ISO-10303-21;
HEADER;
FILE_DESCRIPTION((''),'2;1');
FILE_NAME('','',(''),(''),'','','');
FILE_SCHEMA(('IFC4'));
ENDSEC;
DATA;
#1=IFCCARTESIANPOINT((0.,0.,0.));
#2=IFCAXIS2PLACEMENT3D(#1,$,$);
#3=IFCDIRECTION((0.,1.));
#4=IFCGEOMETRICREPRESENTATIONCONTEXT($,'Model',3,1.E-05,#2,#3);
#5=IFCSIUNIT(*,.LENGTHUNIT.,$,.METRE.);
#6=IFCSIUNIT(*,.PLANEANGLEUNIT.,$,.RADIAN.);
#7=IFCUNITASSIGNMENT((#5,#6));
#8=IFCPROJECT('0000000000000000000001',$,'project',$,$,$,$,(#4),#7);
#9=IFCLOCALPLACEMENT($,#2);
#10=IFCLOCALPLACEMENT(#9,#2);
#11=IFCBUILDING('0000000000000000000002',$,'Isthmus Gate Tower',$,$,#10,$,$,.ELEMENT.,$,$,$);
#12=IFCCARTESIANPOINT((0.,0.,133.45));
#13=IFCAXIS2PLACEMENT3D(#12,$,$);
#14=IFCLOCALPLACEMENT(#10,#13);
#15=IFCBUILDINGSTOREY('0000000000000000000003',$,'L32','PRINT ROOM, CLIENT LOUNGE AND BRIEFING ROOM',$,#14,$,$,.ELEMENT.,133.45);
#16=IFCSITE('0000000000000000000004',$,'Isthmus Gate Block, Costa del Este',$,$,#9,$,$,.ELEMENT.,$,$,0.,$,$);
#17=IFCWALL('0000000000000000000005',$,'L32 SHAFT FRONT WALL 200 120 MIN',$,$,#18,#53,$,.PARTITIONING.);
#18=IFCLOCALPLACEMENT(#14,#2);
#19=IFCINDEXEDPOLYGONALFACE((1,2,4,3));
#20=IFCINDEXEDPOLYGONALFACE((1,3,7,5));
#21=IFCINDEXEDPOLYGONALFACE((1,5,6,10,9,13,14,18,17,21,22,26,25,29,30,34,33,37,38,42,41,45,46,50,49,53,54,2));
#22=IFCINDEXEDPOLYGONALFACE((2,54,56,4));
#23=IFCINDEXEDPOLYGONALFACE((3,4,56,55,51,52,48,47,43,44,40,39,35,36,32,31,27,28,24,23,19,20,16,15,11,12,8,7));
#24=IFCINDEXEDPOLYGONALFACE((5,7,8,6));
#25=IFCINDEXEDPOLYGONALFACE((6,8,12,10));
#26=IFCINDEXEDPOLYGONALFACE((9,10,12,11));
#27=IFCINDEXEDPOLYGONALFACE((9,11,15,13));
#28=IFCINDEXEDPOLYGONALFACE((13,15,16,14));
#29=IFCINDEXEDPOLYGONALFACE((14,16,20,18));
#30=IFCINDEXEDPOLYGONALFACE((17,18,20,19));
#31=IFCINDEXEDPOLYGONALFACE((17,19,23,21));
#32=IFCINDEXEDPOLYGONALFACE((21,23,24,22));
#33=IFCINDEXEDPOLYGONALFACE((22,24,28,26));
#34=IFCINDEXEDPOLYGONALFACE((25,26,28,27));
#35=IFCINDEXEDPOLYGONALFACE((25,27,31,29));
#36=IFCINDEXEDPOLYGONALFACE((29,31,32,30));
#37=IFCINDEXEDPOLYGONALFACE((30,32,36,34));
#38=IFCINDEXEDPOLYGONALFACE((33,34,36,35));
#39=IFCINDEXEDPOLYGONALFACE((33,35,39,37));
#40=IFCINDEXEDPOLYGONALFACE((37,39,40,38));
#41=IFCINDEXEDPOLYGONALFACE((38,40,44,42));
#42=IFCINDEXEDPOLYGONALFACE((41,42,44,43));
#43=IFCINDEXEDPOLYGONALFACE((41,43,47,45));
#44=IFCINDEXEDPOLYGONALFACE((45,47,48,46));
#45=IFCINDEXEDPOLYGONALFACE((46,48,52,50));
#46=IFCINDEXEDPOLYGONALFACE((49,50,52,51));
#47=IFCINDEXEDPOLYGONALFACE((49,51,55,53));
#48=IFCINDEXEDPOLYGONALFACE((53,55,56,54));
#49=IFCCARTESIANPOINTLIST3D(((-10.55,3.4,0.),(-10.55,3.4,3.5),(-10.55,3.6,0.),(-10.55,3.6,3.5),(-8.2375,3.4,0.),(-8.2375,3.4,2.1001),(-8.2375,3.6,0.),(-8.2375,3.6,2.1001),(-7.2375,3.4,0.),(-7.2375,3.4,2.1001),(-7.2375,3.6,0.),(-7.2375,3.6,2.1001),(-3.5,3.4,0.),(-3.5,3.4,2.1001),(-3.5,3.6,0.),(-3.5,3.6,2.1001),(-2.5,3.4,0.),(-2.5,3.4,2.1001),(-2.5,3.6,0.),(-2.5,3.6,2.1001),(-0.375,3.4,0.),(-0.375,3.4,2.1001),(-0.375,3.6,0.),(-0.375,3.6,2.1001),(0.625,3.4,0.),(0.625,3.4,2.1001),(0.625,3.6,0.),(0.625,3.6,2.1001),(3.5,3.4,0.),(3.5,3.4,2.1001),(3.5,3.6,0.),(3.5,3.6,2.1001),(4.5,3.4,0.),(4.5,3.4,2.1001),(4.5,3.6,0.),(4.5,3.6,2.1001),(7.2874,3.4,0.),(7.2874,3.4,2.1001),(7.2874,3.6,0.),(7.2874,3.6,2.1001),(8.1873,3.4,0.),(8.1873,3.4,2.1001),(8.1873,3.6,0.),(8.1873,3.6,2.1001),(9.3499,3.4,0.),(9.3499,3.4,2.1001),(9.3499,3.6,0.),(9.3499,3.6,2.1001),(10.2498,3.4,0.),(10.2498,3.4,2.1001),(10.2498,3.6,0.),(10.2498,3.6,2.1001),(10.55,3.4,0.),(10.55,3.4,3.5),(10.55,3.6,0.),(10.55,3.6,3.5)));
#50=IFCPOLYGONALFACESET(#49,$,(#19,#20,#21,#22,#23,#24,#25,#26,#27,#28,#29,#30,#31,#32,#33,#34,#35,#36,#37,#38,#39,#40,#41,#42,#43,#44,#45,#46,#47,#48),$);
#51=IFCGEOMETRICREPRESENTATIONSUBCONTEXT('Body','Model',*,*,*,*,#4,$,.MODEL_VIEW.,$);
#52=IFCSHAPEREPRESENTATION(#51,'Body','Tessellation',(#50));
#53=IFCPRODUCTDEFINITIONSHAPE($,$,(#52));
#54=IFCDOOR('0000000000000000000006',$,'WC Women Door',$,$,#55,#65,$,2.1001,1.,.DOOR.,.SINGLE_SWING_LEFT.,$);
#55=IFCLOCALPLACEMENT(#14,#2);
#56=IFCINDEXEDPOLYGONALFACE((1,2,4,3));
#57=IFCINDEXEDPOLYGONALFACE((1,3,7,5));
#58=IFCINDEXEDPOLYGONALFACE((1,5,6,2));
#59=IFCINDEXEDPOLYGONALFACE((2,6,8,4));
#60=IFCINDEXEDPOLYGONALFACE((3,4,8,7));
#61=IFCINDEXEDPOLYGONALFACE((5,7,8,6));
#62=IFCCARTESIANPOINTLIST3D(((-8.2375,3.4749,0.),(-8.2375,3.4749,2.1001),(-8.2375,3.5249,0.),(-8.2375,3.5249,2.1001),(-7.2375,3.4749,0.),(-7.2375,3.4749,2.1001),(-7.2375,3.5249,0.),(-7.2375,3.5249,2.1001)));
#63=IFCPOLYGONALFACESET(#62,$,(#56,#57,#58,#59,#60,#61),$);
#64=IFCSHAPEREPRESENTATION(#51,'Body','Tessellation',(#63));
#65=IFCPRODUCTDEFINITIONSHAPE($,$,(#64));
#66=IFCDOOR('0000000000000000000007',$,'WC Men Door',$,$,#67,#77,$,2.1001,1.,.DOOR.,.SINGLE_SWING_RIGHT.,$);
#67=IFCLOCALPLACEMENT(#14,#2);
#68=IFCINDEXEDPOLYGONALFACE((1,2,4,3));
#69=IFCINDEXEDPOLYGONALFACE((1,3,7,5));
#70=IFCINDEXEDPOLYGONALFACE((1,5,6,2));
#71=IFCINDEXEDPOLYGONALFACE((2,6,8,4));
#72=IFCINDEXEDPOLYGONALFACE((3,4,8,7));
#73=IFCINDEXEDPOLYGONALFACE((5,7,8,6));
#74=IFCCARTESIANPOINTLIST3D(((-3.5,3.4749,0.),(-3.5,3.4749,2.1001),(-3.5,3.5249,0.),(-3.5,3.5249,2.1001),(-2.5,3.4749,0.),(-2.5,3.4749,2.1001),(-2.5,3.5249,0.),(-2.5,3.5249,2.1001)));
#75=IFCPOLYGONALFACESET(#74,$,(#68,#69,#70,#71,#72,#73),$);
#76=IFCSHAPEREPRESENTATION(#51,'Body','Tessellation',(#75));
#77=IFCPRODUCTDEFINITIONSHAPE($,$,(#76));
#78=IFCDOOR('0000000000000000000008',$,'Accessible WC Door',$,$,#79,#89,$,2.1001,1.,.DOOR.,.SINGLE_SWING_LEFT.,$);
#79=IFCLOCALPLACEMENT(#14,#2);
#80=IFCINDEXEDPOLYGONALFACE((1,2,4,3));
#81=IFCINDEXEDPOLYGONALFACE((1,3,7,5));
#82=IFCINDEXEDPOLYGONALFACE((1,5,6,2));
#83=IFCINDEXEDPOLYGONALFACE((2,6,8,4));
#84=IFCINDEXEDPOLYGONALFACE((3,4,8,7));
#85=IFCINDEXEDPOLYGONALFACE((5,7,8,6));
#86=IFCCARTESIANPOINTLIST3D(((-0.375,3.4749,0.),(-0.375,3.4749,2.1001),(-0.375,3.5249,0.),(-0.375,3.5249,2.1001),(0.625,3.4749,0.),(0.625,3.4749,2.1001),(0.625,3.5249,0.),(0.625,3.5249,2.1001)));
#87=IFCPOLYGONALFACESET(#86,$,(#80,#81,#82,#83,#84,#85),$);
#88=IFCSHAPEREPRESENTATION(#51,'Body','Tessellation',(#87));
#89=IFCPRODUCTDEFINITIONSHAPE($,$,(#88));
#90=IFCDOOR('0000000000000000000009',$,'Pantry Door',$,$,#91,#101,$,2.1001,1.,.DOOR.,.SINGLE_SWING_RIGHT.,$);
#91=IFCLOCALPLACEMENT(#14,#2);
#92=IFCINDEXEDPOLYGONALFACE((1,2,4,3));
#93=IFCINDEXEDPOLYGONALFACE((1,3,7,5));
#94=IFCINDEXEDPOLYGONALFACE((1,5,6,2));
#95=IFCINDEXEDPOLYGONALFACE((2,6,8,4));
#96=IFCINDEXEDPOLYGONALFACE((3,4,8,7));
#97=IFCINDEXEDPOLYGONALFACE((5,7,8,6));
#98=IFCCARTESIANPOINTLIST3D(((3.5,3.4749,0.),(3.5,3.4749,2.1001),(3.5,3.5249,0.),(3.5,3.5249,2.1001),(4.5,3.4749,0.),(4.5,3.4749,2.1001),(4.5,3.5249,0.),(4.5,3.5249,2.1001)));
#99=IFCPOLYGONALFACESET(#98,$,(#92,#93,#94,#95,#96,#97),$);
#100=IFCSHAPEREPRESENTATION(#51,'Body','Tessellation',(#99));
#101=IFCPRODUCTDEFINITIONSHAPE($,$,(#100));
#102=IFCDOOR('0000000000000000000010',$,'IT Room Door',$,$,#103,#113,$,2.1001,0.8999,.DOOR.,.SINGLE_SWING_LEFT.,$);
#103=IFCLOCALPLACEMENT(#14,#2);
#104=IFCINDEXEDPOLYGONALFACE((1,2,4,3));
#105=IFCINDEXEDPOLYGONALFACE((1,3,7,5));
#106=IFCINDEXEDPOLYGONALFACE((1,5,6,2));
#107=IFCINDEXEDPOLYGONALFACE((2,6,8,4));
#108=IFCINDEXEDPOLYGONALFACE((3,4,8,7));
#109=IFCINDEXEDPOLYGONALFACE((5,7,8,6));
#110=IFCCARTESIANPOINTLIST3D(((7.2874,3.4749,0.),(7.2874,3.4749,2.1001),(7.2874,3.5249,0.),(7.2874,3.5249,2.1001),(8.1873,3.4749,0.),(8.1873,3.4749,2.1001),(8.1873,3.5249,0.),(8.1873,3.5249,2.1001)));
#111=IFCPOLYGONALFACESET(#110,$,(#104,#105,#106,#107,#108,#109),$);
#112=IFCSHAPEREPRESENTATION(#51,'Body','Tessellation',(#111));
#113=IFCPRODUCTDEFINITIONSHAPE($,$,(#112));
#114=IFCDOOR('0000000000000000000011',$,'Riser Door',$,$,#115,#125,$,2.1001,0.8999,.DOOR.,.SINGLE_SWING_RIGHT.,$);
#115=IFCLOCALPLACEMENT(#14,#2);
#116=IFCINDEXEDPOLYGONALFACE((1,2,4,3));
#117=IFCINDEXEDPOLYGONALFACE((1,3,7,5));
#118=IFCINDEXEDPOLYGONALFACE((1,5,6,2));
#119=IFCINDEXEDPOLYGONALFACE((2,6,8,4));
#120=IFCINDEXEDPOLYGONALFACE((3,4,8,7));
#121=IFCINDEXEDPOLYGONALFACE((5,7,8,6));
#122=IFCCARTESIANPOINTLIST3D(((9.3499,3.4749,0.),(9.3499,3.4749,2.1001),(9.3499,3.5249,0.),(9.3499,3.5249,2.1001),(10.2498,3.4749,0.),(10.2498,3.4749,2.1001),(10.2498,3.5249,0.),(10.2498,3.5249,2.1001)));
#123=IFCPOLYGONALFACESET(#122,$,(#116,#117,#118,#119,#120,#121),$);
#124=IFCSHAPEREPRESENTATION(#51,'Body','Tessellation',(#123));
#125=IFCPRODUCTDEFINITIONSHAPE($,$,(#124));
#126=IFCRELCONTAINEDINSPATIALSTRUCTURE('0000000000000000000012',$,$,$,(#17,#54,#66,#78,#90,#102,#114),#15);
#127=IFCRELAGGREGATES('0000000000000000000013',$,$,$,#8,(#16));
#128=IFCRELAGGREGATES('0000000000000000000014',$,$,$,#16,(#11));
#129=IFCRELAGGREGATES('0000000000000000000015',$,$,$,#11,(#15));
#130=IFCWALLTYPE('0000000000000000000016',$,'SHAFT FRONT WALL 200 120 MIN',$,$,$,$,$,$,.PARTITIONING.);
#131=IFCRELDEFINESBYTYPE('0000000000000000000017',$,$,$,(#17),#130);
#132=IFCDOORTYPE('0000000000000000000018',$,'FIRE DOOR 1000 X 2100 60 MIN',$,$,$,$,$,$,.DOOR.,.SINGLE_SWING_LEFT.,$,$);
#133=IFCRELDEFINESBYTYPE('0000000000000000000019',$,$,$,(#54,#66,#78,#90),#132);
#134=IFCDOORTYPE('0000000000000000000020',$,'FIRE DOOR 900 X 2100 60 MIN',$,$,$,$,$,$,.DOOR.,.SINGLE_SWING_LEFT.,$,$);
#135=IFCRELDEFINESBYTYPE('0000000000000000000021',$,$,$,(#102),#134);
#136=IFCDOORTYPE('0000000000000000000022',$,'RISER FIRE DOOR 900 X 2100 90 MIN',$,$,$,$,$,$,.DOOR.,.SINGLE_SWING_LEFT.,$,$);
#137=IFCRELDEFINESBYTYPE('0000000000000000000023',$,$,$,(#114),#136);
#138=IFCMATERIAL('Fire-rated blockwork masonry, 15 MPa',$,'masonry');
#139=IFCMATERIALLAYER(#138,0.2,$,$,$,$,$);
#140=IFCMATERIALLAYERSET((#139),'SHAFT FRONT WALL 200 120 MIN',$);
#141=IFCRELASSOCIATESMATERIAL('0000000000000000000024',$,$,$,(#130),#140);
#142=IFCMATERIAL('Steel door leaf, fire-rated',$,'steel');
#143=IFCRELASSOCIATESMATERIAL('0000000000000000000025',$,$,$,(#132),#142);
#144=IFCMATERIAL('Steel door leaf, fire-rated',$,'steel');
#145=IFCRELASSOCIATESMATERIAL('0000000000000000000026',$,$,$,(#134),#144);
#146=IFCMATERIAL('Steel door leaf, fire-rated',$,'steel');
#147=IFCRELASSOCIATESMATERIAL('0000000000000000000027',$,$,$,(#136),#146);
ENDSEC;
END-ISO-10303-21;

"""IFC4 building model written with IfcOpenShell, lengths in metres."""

from ifc_helpers import new_model, si_unit, direction, frame, frame_2d, origin, place, context, subcontext, project, spatial, rectangle, extrude, material, layer, layer_set, type_object, element, fill, save


model = new_model("IFC4")

# Units and contexts
model_context = context("Model", 3, precision=1e-05, world=origin(), true_north=direction((0.0, 1.0)))
body_context = subcontext(model_context, "Body", "Model", "MODEL_VIEW")
ifc_project = project(units=[si_unit("LENGTHUNIT", "METRE"), si_unit("PLANEANGLEUNIT", "RADIAN")], contexts=[model_context])

# Site, building, storey
site_placement = place(None, origin())
site = spatial("IfcSite", under=ifc_project, at=site_placement, Name="Isthmus Gate Block, Costa del Este", CompositionType="ELEMENT", RefElevation=0.0)
building_placement = place(site_placement, origin())
building = spatial("IfcBuilding", under=site, at=building_placement, Name="Isthmus Gate Tower", CompositionType="ELEMENT")
storey_placement = place(building_placement, frame((0.0, 0.0, 133.45)))
storey = spatial("IfcBuildingStorey", under=building, at=storey_placement, Name="L32", Description="PRINT ROOM, CLIENT LOUNGE AND BRIEFING ROOM", CompositionType="ELEMENT", Elevation=133.45)

# Wall, openings, doors
ifc_material_1 = material(Name="Fire-rated blockwork masonry, 15 MPa", Category="masonry")
ifc_layer_1 = layer(ifc_material_1, 0.2)
ifc_layer_set_1 = layer_set([ifc_layer_1], Name="SHAFT FRONT WALL 200 120 MIN")
wall_type_1 = type_object("IfcWallType", Name="SHAFT FRONT WALL 200 120 MIN", PredefinedType="PARTITIONING", material=ifc_layer_set_1)
wall_1_placement = place(storey_placement, frame((-10.55, 3.5, 0.0), z_axis=(0.0, 0.0, 1.0), x_axis=(1.0, 0.0, 0.0)))
wall_1 = element("IfcWall", 1, at=wall_1_placement, inside=storey, type_object=wall_type_1, Name="L32 SHAFT FRONT WALL 200 120 MIN", PredefinedType="PARTITIONING", context=body_context, shape_type="SweptSolid", body=[
    extrude(rectangle(XDim=21.1001, YDim=0.2, at=frame_2d((10.55, 0.0))), origin(), (0.0, 0.0, 1.0), 3.5),
])
opening_1_placement = place(wall_1_placement, frame((2.3125, 0.0, 0.0)))
opening_1 = element("IfcOpeningElement", 2, at=opening_1_placement, cuts=wall_1, PredefinedType="OPENING", context=body_context, shape_type="SweptSolid", body=[
    extrude(rectangle(XDim=1.0, YDim=2.1001, at=frame_2d((0.5, 1.05))), frame((0.0, 0.1099, 0.0), z_axis=(0.0, -1.0, 0.0), x_axis=(1.0, 0.0, 0.0)), (0.0, 0.0, 1.0), 0.22),
])
opening_2_placement = place(wall_1_placement, frame((7.05, 0.0, 0.0)))
opening_2 = element("IfcOpeningElement", 3, at=opening_2_placement, cuts=wall_1, PredefinedType="OPENING", context=body_context, shape_type="SweptSolid", body=[
    extrude(rectangle(XDim=1.0, YDim=2.1001, at=frame_2d((0.5, 1.05))), frame((0.0, 0.1099, 0.0), z_axis=(0.0, -1.0, 0.0), x_axis=(1.0, 0.0, 0.0)), (0.0, 0.0, 1.0), 0.22),
])
opening_3_placement = place(wall_1_placement, frame((10.175, 0.0, 0.0)))
opening_3 = element("IfcOpeningElement", 4, at=opening_3_placement, cuts=wall_1, PredefinedType="OPENING", context=body_context, shape_type="SweptSolid", body=[
    extrude(rectangle(XDim=1.0, YDim=2.1001, at=frame_2d((0.5, 1.05))), frame((0.0, 0.1099, 0.0), z_axis=(0.0, -1.0, 0.0), x_axis=(1.0, 0.0, 0.0)), (0.0, 0.0, 1.0), 0.22),
])
opening_4_placement = place(wall_1_placement, frame((14.05, 0.0, 0.0)))
opening_4 = element("IfcOpeningElement", 5, at=opening_4_placement, cuts=wall_1, PredefinedType="OPENING", context=body_context, shape_type="SweptSolid", body=[
    extrude(rectangle(XDim=1.0, YDim=2.1001, at=frame_2d((0.5, 1.05))), frame((0.0, 0.1099, 0.0), z_axis=(0.0, -1.0, 0.0), x_axis=(1.0, 0.0, 0.0)), (0.0, 0.0, 1.0), 0.22),
])
opening_5_placement = place(wall_1_placement, frame((17.8374, 0.0, 0.0)))
opening_5 = element("IfcOpeningElement", 6, at=opening_5_placement, cuts=wall_1, PredefinedType="OPENING", context=body_context, shape_type="SweptSolid", body=[
    extrude(rectangle(XDim=0.8999, YDim=2.1001, at=frame_2d((0.45, 1.05))), frame((0.0, 0.1099, 0.0), z_axis=(0.0, -1.0, 0.0), x_axis=(1.0, 0.0, 0.0)), (0.0, 0.0, 1.0), 0.22),
])
opening_6_placement = place(wall_1_placement, frame((19.8999, 0.0, 0.0)))
opening_6 = element("IfcOpeningElement", 7, at=opening_6_placement, cuts=wall_1, PredefinedType="OPENING", context=body_context, shape_type="SweptSolid", body=[
    extrude(rectangle(XDim=0.8999, YDim=2.1001, at=frame_2d((0.45, 1.05))), frame((0.0, 0.1099, 0.0), z_axis=(0.0, -1.0, 0.0), x_axis=(1.0, 0.0, 0.0)), (0.0, 0.0, 1.0), 0.22),
])
ifc_material_2 = material(Name="Steel door leaf, fire-rated", Category="steel")
door_type_1 = type_object("IfcDoorType", Name="FIRE DOOR 1000 X 2100 60 MIN", OperationType="SINGLE_SWING_LEFT", PredefinedType="DOOR", material=ifc_material_2)
door_1_placement = place(opening_1_placement, origin())
door_1 = element("IfcDoor", 8, at=door_1_placement, inside=storey, type_object=door_type_1, Name="WC Women Door", OperationType="SINGLE_SWING_LEFT", OverallHeight=2.1001, OverallWidth=1.0, PredefinedType="DOOR", context=body_context, shape_type="SweptSolid", body=[
    extrude(rectangle(XDim=1.0, YDim=2.1001, at=frame_2d((0.5, 1.05))), frame((0.0, 0.0249, 0.0), z_axis=(0.0, -1.0, 0.0), x_axis=(1.0, 0.0, 0.0)), (0.0, 0.0, 1.0), 0.05),
])
fill(opening_1, door_1)
door_2_placement = place(opening_2_placement, origin())
door_2 = element("IfcDoor", 9, at=door_2_placement, inside=storey, type_object=door_type_1, Name="WC Men Door", OperationType="SINGLE_SWING_RIGHT", OverallHeight=2.1001, OverallWidth=1.0, PredefinedType="DOOR", context=body_context, shape_type="SweptSolid", body=[
    extrude(rectangle(XDim=1.0, YDim=2.1001, at=frame_2d((0.5, 1.05))), frame((0.0, 0.0249, 0.0), z_axis=(0.0, -1.0, 0.0), x_axis=(1.0, 0.0, 0.0)), (0.0, 0.0, 1.0), 0.05),
])
fill(opening_2, door_2)
door_3_placement = place(opening_3_placement, origin())
door_3 = element("IfcDoor", 10, at=door_3_placement, inside=storey, type_object=door_type_1, Name="Accessible WC Door", OperationType="SINGLE_SWING_LEFT", OverallHeight=2.1001, OverallWidth=1.0, PredefinedType="DOOR", context=body_context, shape_type="SweptSolid", body=[
    extrude(rectangle(XDim=1.0, YDim=2.1001, at=frame_2d((0.5, 1.05))), frame((0.0, 0.0249, 0.0), z_axis=(0.0, -1.0, 0.0), x_axis=(1.0, 0.0, 0.0)), (0.0, 0.0, 1.0), 0.05),
])
fill(opening_3, door_3)
door_4_placement = place(opening_4_placement, origin())
door_4 = element("IfcDoor", 11, at=door_4_placement, inside=storey, type_object=door_type_1, Name="Pantry Door", OperationType="SINGLE_SWING_RIGHT", OverallHeight=2.1001, OverallWidth=1.0, PredefinedType="DOOR", context=body_context, shape_type="SweptSolid", body=[
    extrude(rectangle(XDim=1.0, YDim=2.1001, at=frame_2d((0.5, 1.05))), frame((0.0, 0.0249, 0.0), z_axis=(0.0, -1.0, 0.0), x_axis=(1.0, 0.0, 0.0)), (0.0, 0.0, 1.0), 0.05),
])
fill(opening_4, door_4)
ifc_material_3 = material(Name="Steel door leaf, fire-rated", Category="steel")
door_type_2 = type_object("IfcDoorType", Name="FIRE DOOR 900 X 2100 60 MIN", OperationType="SINGLE_SWING_LEFT", PredefinedType="DOOR", material=ifc_material_3)
door_5_placement = place(opening_5_placement, origin())
door_5 = element("IfcDoor", 12, at=door_5_placement, inside=storey, type_object=door_type_2, Name="IT Room Door", OperationType="SINGLE_SWING_LEFT", OverallHeight=2.1001, OverallWidth=0.8999, PredefinedType="DOOR", context=body_context, shape_type="SweptSolid", body=[
    extrude(rectangle(XDim=0.8999, YDim=2.1001, at=frame_2d((0.45, 1.05))), frame((0.0, 0.0249, 0.0), z_axis=(0.0, -1.0, 0.0), x_axis=(1.0, 0.0, 0.0)), (0.0, 0.0, 1.0), 0.05),
])
fill(opening_5, door_5)
ifc_material_4 = material(Name="Steel door leaf, fire-rated", Category="steel")
door_type_3 = type_object("IfcDoorType", Name="RISER FIRE DOOR 900 X 2100 90 MIN", OperationType="SINGLE_SWING_LEFT", PredefinedType="DOOR", material=ifc_material_4)
door_6_placement = place(opening_6_placement, origin())
door_6 = element("IfcDoor", 13, at=door_6_placement, inside=storey, type_object=door_type_3, Name="Riser Door", OperationType="SINGLE_SWING_RIGHT", OverallHeight=2.1001, OverallWidth=0.8999, PredefinedType="DOOR", context=body_context, shape_type="SweptSolid", body=[
    extrude(rectangle(XDim=0.8999, YDim=2.1001, at=frame_2d((0.45, 1.05))), frame((0.0, 0.0249, 0.0), z_axis=(0.0, -1.0, 0.0), x_axis=(1.0, 0.0, 0.0)), (0.0, 0.0, 1.0), 0.05),
])
fill(opening_6, door_6)

save(model, "model.ifc")
